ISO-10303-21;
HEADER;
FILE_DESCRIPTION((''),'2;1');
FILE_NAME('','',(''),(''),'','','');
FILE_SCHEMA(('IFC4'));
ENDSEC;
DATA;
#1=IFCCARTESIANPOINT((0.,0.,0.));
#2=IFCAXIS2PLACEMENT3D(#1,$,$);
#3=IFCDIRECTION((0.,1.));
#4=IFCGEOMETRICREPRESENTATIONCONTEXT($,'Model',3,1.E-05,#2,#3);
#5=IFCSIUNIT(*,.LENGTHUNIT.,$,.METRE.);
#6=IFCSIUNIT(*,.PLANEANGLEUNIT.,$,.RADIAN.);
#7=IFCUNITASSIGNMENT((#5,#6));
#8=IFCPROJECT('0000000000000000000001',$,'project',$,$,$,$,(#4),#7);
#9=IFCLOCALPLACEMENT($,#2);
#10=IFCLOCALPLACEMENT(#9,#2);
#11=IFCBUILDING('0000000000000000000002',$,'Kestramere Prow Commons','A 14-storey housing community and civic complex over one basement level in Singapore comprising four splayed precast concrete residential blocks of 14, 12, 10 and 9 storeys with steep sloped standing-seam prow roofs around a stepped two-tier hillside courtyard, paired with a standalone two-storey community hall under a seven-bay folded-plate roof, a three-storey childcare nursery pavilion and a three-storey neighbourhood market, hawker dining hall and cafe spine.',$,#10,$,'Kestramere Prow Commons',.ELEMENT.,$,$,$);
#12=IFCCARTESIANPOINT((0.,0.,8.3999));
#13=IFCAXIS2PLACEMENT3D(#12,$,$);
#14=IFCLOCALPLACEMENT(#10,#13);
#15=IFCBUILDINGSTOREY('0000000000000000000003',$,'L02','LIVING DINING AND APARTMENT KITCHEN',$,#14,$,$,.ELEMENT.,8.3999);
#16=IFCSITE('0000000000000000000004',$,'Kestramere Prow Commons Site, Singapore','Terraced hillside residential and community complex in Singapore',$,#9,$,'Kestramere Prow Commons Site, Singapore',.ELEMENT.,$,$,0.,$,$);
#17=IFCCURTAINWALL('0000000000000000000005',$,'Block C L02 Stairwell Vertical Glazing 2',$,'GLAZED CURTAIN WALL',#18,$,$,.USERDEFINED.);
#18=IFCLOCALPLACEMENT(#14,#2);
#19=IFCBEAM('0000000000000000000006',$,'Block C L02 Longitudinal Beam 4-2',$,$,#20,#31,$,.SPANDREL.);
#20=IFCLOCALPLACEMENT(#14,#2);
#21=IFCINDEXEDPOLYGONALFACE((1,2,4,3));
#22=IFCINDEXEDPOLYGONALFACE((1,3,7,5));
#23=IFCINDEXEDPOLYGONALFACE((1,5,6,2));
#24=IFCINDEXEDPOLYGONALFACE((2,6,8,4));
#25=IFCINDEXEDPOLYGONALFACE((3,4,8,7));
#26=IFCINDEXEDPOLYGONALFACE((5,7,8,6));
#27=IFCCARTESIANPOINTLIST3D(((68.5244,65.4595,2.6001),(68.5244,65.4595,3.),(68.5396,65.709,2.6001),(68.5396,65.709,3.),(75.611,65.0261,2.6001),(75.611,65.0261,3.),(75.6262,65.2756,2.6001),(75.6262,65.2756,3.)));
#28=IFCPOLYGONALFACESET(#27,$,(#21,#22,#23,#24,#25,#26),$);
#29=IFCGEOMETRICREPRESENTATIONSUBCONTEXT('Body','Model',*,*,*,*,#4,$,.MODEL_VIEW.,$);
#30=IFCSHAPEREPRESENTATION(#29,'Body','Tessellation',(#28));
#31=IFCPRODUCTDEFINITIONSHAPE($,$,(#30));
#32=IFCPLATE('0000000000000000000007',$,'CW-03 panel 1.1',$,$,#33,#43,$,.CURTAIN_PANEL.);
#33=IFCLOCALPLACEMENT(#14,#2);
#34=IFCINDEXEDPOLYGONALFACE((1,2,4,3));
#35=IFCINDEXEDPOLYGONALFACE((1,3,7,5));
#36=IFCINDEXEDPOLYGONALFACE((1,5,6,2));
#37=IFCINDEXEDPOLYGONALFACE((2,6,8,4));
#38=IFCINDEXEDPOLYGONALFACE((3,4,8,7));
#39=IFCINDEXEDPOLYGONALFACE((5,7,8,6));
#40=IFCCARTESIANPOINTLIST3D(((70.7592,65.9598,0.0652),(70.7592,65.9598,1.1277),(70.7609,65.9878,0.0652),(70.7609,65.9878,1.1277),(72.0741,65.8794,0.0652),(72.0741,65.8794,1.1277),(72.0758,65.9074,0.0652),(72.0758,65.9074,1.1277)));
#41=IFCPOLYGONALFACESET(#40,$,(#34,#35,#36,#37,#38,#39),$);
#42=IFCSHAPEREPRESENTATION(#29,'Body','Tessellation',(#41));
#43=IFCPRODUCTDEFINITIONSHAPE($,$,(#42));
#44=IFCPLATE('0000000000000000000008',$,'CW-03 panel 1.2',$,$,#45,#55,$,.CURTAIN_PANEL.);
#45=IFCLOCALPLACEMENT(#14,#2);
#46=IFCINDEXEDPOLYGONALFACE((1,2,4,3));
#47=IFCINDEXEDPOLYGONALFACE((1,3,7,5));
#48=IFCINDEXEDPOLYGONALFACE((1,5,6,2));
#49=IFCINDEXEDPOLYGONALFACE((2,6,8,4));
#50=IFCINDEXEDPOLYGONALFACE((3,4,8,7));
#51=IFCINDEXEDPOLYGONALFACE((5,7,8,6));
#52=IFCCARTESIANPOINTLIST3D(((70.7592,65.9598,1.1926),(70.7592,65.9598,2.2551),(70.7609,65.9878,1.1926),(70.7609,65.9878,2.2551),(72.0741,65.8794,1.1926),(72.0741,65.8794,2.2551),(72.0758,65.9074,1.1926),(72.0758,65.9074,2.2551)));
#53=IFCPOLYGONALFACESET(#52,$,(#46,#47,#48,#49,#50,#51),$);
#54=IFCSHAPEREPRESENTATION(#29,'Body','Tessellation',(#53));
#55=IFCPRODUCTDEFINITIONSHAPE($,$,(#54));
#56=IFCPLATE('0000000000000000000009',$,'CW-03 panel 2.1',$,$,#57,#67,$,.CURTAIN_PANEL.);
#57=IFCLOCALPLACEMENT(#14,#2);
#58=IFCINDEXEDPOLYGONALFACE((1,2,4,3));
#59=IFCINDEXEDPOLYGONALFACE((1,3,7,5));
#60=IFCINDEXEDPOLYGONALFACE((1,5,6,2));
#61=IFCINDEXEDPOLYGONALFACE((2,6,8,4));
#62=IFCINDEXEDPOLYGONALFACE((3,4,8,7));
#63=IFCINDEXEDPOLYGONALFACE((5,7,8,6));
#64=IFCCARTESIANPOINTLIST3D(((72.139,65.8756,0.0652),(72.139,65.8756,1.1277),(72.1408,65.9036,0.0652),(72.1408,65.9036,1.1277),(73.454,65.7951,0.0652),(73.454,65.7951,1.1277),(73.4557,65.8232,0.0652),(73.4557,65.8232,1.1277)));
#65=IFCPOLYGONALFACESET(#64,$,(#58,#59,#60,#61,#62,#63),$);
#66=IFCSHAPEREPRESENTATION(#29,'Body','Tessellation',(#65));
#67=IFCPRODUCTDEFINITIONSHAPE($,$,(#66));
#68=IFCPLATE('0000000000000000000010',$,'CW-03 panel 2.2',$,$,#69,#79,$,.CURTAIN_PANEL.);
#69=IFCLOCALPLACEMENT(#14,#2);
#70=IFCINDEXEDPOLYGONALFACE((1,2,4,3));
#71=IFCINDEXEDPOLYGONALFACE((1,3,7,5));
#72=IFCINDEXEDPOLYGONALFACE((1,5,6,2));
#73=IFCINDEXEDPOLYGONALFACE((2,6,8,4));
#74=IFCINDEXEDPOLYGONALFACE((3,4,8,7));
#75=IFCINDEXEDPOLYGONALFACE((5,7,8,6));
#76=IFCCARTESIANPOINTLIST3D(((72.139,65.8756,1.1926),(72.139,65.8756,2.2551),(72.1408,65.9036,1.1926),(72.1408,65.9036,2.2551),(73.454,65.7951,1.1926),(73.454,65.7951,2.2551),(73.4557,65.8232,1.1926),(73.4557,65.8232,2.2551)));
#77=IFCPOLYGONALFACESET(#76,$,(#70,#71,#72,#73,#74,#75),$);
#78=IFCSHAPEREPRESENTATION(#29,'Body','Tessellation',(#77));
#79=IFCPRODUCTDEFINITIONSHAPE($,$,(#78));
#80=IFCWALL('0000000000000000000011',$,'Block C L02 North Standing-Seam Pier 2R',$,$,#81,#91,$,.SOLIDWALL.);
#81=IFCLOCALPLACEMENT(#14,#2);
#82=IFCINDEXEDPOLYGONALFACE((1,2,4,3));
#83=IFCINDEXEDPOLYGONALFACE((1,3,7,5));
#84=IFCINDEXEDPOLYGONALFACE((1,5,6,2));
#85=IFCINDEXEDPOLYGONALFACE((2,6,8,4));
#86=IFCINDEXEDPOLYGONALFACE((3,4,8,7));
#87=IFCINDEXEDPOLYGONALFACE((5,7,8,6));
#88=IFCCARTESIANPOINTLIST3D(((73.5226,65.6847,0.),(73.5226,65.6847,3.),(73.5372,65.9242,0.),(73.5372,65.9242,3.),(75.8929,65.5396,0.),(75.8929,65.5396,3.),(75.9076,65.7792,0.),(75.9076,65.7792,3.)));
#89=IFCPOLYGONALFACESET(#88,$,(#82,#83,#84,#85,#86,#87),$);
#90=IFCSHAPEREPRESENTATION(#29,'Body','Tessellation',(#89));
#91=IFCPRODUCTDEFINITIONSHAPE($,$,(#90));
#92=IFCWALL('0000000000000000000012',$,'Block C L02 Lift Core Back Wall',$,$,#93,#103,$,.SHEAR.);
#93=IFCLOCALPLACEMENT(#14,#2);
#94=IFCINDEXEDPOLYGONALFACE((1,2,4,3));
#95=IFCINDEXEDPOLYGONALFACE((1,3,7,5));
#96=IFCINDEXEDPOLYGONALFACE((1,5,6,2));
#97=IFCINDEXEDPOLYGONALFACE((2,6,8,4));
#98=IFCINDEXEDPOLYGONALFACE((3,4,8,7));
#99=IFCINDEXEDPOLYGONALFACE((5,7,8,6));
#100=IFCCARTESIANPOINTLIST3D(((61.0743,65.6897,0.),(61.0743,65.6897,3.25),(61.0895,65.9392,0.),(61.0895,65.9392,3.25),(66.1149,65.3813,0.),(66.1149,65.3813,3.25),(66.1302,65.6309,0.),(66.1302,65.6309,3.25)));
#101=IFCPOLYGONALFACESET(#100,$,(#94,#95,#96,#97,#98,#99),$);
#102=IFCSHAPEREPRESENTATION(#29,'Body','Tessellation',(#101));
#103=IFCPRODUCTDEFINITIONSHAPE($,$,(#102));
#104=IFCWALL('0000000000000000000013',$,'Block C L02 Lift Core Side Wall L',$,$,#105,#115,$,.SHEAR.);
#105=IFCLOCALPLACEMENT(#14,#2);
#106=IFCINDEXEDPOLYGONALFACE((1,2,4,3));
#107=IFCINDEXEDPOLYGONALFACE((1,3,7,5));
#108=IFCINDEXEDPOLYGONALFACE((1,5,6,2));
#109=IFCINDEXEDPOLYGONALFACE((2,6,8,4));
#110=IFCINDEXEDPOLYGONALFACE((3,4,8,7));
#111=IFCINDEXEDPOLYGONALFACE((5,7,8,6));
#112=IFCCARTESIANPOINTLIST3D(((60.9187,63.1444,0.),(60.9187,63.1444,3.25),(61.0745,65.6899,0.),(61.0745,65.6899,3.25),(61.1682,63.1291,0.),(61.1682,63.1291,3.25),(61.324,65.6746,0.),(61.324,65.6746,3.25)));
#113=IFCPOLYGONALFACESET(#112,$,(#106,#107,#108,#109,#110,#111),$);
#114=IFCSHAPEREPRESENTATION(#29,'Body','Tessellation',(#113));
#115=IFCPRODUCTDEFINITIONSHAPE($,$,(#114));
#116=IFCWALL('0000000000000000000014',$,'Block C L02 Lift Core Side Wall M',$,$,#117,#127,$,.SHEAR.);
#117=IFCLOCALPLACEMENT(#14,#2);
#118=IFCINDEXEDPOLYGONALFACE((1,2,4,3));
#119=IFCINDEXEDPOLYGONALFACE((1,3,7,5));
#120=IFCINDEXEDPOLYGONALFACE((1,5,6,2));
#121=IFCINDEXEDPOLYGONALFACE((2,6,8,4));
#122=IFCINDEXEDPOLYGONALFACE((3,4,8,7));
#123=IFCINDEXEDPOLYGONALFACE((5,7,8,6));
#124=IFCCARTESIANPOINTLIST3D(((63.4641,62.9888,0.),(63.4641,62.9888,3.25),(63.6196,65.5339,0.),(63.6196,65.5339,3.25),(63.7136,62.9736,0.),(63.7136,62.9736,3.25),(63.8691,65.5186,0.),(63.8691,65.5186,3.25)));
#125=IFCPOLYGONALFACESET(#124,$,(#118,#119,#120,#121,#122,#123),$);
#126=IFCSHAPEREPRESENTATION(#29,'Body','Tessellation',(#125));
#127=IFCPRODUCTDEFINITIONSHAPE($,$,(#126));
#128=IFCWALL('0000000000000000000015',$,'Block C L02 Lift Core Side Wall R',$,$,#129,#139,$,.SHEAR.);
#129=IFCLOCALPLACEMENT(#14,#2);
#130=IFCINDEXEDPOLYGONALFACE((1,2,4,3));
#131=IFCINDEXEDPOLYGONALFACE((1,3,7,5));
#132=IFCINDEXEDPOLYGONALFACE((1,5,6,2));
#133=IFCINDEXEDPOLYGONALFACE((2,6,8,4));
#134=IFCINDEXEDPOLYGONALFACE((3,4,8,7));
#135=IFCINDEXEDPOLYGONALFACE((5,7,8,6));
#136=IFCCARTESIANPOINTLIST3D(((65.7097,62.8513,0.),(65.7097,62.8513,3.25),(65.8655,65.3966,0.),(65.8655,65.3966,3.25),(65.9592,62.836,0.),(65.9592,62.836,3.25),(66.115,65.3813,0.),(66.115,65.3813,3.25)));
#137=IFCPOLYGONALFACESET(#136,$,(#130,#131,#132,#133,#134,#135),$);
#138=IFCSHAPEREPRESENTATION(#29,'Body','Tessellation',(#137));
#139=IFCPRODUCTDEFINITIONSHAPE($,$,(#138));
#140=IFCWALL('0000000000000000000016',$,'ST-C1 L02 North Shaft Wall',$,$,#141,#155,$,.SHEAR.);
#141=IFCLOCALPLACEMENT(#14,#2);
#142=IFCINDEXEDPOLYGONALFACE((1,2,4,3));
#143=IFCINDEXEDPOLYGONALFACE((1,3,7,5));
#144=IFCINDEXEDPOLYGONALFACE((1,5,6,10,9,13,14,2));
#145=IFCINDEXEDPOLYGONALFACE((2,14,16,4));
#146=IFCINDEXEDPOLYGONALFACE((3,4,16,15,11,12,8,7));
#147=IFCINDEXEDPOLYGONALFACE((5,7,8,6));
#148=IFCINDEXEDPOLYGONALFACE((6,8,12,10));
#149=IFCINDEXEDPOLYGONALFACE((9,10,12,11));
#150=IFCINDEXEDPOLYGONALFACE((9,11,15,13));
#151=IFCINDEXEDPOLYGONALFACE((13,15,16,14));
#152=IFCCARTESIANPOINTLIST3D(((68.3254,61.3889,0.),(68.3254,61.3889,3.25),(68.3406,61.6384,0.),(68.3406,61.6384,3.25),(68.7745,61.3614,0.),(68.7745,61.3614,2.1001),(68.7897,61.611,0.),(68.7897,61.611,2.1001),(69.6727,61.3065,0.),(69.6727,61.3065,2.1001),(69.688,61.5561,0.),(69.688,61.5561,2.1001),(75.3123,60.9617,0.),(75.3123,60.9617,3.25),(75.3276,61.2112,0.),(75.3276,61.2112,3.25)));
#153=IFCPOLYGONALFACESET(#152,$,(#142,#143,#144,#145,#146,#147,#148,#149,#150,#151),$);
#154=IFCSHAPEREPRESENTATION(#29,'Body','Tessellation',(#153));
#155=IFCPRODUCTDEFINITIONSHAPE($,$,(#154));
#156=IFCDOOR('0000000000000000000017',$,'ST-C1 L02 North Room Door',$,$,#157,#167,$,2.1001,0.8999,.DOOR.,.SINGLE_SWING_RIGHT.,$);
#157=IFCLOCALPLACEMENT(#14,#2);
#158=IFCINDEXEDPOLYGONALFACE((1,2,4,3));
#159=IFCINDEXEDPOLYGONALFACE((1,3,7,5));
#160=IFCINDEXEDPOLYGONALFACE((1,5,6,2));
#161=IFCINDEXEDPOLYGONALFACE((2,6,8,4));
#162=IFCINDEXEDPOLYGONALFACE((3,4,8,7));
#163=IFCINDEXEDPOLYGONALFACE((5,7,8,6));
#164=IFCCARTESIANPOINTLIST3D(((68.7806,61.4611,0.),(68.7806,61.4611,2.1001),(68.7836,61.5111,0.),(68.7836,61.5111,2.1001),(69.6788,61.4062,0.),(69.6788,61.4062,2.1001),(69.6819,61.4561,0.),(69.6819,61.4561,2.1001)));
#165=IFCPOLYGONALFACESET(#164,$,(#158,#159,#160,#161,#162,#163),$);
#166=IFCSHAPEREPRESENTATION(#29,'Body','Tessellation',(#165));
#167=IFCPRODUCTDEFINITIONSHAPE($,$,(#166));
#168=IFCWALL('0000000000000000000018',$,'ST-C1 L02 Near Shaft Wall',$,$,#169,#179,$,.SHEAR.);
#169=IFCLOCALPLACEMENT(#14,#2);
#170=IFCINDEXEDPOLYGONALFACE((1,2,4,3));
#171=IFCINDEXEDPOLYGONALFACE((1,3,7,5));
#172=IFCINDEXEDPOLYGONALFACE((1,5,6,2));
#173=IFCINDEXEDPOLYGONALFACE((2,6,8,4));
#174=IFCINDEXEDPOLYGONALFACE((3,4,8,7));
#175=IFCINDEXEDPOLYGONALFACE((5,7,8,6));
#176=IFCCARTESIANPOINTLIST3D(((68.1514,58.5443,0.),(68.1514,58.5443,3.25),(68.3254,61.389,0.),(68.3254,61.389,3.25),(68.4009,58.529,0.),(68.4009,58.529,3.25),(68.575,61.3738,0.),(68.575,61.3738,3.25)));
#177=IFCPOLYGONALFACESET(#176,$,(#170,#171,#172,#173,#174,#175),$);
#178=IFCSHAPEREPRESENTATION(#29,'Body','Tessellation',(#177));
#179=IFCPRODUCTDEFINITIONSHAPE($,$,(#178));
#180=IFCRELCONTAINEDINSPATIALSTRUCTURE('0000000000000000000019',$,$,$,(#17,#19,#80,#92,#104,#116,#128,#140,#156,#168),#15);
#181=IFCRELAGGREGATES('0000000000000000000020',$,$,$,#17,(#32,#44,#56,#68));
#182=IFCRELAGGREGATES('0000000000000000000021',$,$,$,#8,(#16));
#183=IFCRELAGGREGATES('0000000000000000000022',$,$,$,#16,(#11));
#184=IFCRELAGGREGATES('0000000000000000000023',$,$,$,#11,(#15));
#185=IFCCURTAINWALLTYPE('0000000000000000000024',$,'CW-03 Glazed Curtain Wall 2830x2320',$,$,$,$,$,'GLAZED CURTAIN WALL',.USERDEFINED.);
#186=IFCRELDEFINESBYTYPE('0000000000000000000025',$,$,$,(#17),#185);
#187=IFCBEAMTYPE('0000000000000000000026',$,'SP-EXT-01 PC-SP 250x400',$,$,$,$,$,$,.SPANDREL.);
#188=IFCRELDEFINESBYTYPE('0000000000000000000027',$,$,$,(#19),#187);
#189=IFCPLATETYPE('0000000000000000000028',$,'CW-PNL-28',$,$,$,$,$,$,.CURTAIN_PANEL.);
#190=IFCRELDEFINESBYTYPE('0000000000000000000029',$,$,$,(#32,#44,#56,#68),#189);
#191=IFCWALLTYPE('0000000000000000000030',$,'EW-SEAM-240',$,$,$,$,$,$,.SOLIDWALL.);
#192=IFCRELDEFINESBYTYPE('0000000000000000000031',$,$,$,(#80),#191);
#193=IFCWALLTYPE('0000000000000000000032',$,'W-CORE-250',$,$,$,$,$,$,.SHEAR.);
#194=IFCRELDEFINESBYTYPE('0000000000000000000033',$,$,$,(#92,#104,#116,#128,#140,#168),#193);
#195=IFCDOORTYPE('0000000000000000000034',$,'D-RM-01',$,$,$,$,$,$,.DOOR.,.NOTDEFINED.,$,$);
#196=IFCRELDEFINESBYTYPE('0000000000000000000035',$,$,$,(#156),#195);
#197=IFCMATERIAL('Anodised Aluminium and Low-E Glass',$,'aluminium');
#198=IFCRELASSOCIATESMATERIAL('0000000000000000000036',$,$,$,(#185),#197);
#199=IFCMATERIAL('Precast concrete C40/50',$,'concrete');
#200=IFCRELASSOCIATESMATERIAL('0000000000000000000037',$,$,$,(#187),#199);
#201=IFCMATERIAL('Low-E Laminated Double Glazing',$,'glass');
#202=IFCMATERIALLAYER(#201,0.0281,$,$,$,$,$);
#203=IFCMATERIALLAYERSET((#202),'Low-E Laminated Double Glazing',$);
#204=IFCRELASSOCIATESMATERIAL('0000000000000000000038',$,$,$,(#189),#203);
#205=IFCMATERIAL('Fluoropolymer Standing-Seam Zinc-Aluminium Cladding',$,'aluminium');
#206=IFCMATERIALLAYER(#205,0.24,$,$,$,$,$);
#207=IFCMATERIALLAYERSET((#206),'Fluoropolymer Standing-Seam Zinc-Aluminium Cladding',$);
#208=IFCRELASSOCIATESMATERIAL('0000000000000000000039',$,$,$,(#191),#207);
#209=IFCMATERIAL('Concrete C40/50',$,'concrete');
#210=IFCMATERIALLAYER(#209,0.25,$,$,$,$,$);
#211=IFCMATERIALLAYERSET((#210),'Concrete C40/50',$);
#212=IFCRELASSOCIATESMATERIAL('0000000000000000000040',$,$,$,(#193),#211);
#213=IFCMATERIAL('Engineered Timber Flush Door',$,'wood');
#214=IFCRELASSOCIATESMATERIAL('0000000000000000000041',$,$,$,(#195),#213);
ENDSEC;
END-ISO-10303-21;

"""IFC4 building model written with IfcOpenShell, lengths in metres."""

from ifc_helpers import new_model, si_unit, direction, frame, frame_2d, origin, origin_2d, place, context, subcontext, project, spatial, rectangle, extrude, material, layer, layer_set, material_profile, profile_set, type_object, element, fill, aggregate, save


model = new_model("IFC4")

# Units and contexts
model_context = context("Model", 3, precision=1e-05, world=origin(), true_north=direction((0.0, 1.0)))
body_context = subcontext(model_context, "Body", "Model", "MODEL_VIEW")
ifc_project = project(units=[si_unit("LENGTHUNIT", "METRE"), si_unit("PLANEANGLEUNIT", "RADIAN")], contexts=[model_context])

# Site, building, storey
site_placement = place(None, origin())
site = spatial("IfcSite", under=ifc_project, at=site_placement, Name="Kestramere Prow Commons Site, Singapore", Description="Terraced hillside residential and community complex in Singapore", LongName="Kestramere Prow Commons Site, Singapore", CompositionType="ELEMENT", RefElevation=0.0)
building_placement = place(site_placement, origin())
building = spatial("IfcBuilding", under=site, at=building_placement, Name="Kestramere Prow Commons", Description="A 14-storey housing community and civic complex over one basement level in Singapore comprising four splayed precast concrete residential blocks of 14, 12, 10 and 9 storeys with steep sloped standing-seam prow roofs around a stepped two-tier hillside courtyard, paired with a standalone two-storey community hall under a seven-bay folded-plate roof, a three-storey childcare nursery pavilion and a three-storey neighbourhood market, hawker dining hall and cafe spine.", LongName="Kestramere Prow Commons", CompositionType="ELEMENT")
storey_placement = place(building_placement, frame((0.0, 0.0, 8.3999)))
storey = spatial("IfcBuildingStorey", under=building, at=storey_placement, Name="L02", Description="LIVING DINING AND APARTMENT KITCHEN", CompositionType="ELEMENT", Elevation=8.3999)

# Shared definitions
ifc_material_1 = material(Name="Precast concrete C40/50", Category="concrete")

# Curtain wall
ifc_material_2 = material(Name="Anodised Aluminium and Low-E Glass", Category="aluminium")
curtain_wall_type = type_object("IfcCurtainWallType", Name="CW-03 Glazed Curtain Wall 2830x2320", ElementType="GLAZED CURTAIN WALL", PredefinedType="USERDEFINED", material=ifc_material_2)
curtain_wall_placement = place(storey_placement, origin())
curtain_wall = element("IfcCurtainWall", 1, at=curtain_wall_placement, inside=storey, type_object=curtain_wall_type, Name="Block C L02 Stairwell Vertical Glazing 2", ObjectType="GLAZED CURTAIN WALL", PredefinedType="USERDEFINED")

# Beam
ifc_material_profile_1 = material_profile(ifc_material_1, rectangle(XDim=0.25, YDim=0.3999, at=origin_2d()), Name="PC-SP 250x400")
ifc_profile_set_1 = profile_set([ifc_material_profile_1], Name="Precast concrete C40/50")
beam_type = type_object("IfcBeamType", Name="SP-EXT-01 PC-SP 250x400", PredefinedType="SPANDREL", material=ifc_profile_set_1)
beam_1_placement = place(storey_placement, frame((68.532, 65.5842, 2.8), z_axis=(0.998136, -0.061036, 0.0), x_axis=(0.061036, 0.998136, 0.0)))
element("IfcBeam", 2, at=beam_1_placement, inside=storey, type_object=beam_type, Name="Block C L02 Longitudinal Beam 4-2", PredefinedType="SPANDREL", context=body_context, shape_type="SweptSolid", body=[
    extrude(rectangle(XDim=0.25, YDim=0.3999, at=origin_2d()), origin(), (0.0, 0.0, 1.0), 7.0999),
])

# Plates
ifc_material_3 = material(Name="Low-E Laminated Double Glazing", Category="glass")
ifc_layer_1 = layer(ifc_material_3, 0.0281)
ifc_layer_set_1 = layer_set([ifc_layer_1], Name="Low-E Laminated Double Glazing")
plate_type = type_object("IfcPlateType", Name="CW-PNL-28", PredefinedType="CURTAIN_PANEL", material=ifc_layer_set_1)
plate_1_placement = place(storey_placement, frame((71.4175, 65.9336, 0.0652), z_axis=(0.0, 0.0, 1.0), x_axis=(0.998135, -0.061048, 0.0)))
plate_1 = element("IfcPlate", 3, at=plate_1_placement, type_object=plate_type, Name="CW-03 panel 1.1", PredefinedType="CURTAIN_PANEL", context=body_context, shape_type="SweptSolid", body=[
    extrude(rectangle(XDim=1.3174, YDim=0.0281, at=origin_2d()), origin(), (0.0, 0.0, 1.0), 1.0625),
])
plate_2_placement = place(storey_placement, frame((71.4175, 65.9336, 1.1926), z_axis=(0.0, 0.0, 1.0), x_axis=(0.998135, -0.061048, 0.0)))
plate_2 = element("IfcPlate", 4, at=plate_2_placement, type_object=plate_type, Name="CW-03 panel 1.2", PredefinedType="CURTAIN_PANEL", context=body_context, shape_type="SweptSolid", body=[
    extrude(rectangle(XDim=1.3174, YDim=0.0281, at=origin_2d()), origin(), (0.0, 0.0, 1.0), 1.0625),
])
plate_3_placement = place(storey_placement, frame((72.7974, 65.8494, 0.0652), z_axis=(0.0, 0.0, 1.0), x_axis=(0.998135, -0.061048, 0.0)))
plate_3 = element("IfcPlate", 5, at=plate_3_placement, type_object=plate_type, Name="CW-03 panel 2.1", PredefinedType="CURTAIN_PANEL", context=body_context, shape_type="SweptSolid", body=[
    extrude(rectangle(XDim=1.3174, YDim=0.0281, at=origin_2d()), origin(), (0.0, 0.0, 1.0), 1.0625),
])
plate_4_placement = place(storey_placement, frame((72.7974, 65.8494, 1.1926), z_axis=(0.0, 0.0, 1.0), x_axis=(0.998135, -0.061048, 0.0)))
plate_4 = element("IfcPlate", 6, at=plate_4_placement, type_object=plate_type, Name="CW-03 panel 2.2", PredefinedType="CURTAIN_PANEL", context=body_context, shape_type="SweptSolid", body=[
    extrude(rectangle(XDim=1.3174, YDim=0.0281, at=origin_2d()), origin(), (0.0, 0.0, 1.0), 1.0625),
])
aggregate(curtain_wall, [plate_1, plate_2, plate_3, plate_4])

# Walls
ifc_material_4 = material(Name="Fluoropolymer Standing-Seam Zinc-Aluminium Cladding", Category="aluminium")
ifc_layer_2 = layer(ifc_material_4, 0.24)
ifc_layer_set_2 = layer_set([ifc_layer_2], Name="Fluoropolymer Standing-Seam Zinc-Aluminium Cladding")
wall_type_1 = type_object("IfcWallType", Name="EW-SEAM-240", PredefinedType="SOLIDWALL", material=ifc_layer_set_2)
wall_1_placement = place(storey_placement, frame((73.5298, 65.8044, 0.0), z_axis=(0.0, 0.0, 1.0), x_axis=(0.998134, -0.061066, 0.0)))
element("IfcWall", 7, at=wall_1_placement, inside=storey, type_object=wall_type_1, Name="Block C L02 North Standing-Seam Pier 2R", PredefinedType="SOLIDWALL", context=body_context, shape_type="SweptSolid", body=[
    extrude(rectangle(XDim=2.3748, YDim=0.24, at=frame_2d((1.1875, 0.0))), origin(), (0.0, 0.0, 1.0), 3.0),
])
ifc_material_5 = material(Name="Concrete C40/50", Category="concrete")
ifc_layer_3 = layer(ifc_material_5, 0.25)
ifc_layer_set_3 = layer_set([ifc_layer_3], Name="Concrete C40/50")
wall_type_2 = type_object("IfcWallType", Name="W-CORE-250", PredefinedType="SHEAR", material=ifc_layer_set_3)
wall_2_placement = place(storey_placement, frame((61.082, 65.8145, 0.0), z_axis=(0.0, 0.0, 1.0), x_axis=(0.998134, -0.06106, 0.0)))
element("IfcWall", 8, at=wall_2_placement, inside=storey, type_object=wall_type_2, Name="Block C L02 Lift Core Back Wall", PredefinedType="SHEAR", context=body_context, shape_type="SweptSolid", body=[
    extrude(rectangle(XDim=5.05, YDim=0.25, at=frame_2d((2.5249, 0.0))), origin(), (0.0, 0.0, 1.0), 3.25),
])

# Walls
wall_3_placement = place(storey_placement, frame((61.0435, 63.1367, 0.0), z_axis=(0.0, 0.0, 1.0), x_axis=(0.061079, 0.998133, 0.0)))
element("IfcWall", 9, at=wall_3_placement, inside=storey, type_object=wall_type_2, Name="Block C L02 Lift Core Side Wall L", PredefinedType="SHEAR", context=body_context, shape_type="SweptSolid", body=[
    extrude(rectangle(XDim=2.5503, YDim=0.25, at=frame_2d((1.2751, 0.0))), origin(), (0.0, 0.0, 1.0), 3.25),
])
wall_4_placement = place(storey_placement, frame((63.5889, 62.9812, 0.0), z_axis=(0.0, 0.0, 1.0), x_axis=(0.060989, 0.998138, 0.0)))
element("IfcWall", 10, at=wall_4_placement, inside=storey, type_object=wall_type_2, Name="Block C L02 Lift Core Side Wall M", PredefinedType="SHEAR", context=body_context, shape_type="SweptSolid", body=[
    extrude(rectangle(XDim=2.5498, YDim=0.25, at=frame_2d((1.2749, 0.0))), origin(), (0.0, 0.0, 1.0), 3.25),
])
wall_5_placement = place(storey_placement, frame((65.8345, 62.8438, 0.0), z_axis=(0.0, 0.0, 1.0), x_axis=(0.061085, 0.998133, 0.0)))
element("IfcWall", 11, at=wall_5_placement, inside=storey, type_object=wall_type_2, Name="Block C L02 Lift Core Side Wall R", PredefinedType="SHEAR", context=body_context, shape_type="SweptSolid", body=[
    extrude(rectangle(XDim=2.55, YDim=0.25, at=frame_2d((1.2749, 0.0))), origin(), (0.0, 0.0, 1.0), 3.25),
])

# Wall, opening, door
wall_6_placement = place(storey_placement, frame((68.333, 61.5137, 0.0), z_axis=(0.0, 0.0, 1.0), x_axis=(0.998136, -0.061034, 0.0)))
wall_6 = element("IfcWall", 12, at=wall_6_placement, inside=storey, type_object=wall_type_2, Name="ST-C1 L02 North Shaft Wall", PredefinedType="SHEAR", context=body_context, shape_type="SweptSolid", body=[
    extrude(rectangle(XDim=7.0, YDim=0.25, at=frame_2d((3.5, 0.0))), origin(), (0.0, 0.0, 1.0), 3.25),
])
opening_1_placement = place(wall_6_placement, frame((0.45, 0.0, 0.0)))
opening_1 = element("IfcOpeningElement", 13, at=opening_1_placement, cuts=wall_6, PredefinedType="OPENING", context=body_context, shape_type="SweptSolid", body=[
    extrude(rectangle(XDim=0.8999, YDim=2.1001, at=frame_2d((0.45, 1.05))), frame((0.0, 0.1399, 0.0), z_axis=(0.0, -1.0, 0.0), x_axis=(1.0, 0.0, 0.0)), (0.0, 0.0, 1.0), 0.28),
])
ifc_material_6 = material(Name="Engineered Timber Flush Door", Category="wood")
door_type_1 = type_object("IfcDoorType", Name="D-RM-01", OperationType="NOTDEFINED", PredefinedType="DOOR", material=ifc_material_6)
door_1_placement = place(opening_1_placement, origin())
door_1 = element("IfcDoor", 14, at=door_1_placement, inside=storey, type_object=door_type_1, Name="ST-C1 L02 North Room Door", OperationType="SINGLE_SWING_RIGHT", OverallHeight=2.1001, OverallWidth=0.8999, PredefinedType="DOOR", context=body_context, shape_type="SweptSolid", body=[
    extrude(rectangle(XDim=0.8999, YDim=2.1001, at=frame_2d((0.45, 1.05))), frame((0.0, 0.0249, 0.0), z_axis=(0.0, -1.0, 0.0), x_axis=(1.0, 0.0, 0.0)), (0.0, 0.0, 1.0), 0.05),
])
fill(opening_1, door_1)

# Wall
wall_7_placement = place(storey_placement, frame((68.2761, 58.5366, 0.0), z_axis=(0.0, 0.0, 1.0), x_axis=(0.061077, 0.998133, 0.0)))
element("IfcWall", 15, at=wall_7_placement, inside=storey, type_object=wall_type_2, Name="ST-C1 L02 Near Shaft Wall", PredefinedType="SHEAR", context=body_context, shape_type="SweptSolid", body=[
    extrude(rectangle(XDim=2.8501, YDim=0.25, at=frame_2d((1.425, 0.0))), origin(), (0.0, 0.0, 1.0), 3.25),
])

save(model, "model.ifc")
